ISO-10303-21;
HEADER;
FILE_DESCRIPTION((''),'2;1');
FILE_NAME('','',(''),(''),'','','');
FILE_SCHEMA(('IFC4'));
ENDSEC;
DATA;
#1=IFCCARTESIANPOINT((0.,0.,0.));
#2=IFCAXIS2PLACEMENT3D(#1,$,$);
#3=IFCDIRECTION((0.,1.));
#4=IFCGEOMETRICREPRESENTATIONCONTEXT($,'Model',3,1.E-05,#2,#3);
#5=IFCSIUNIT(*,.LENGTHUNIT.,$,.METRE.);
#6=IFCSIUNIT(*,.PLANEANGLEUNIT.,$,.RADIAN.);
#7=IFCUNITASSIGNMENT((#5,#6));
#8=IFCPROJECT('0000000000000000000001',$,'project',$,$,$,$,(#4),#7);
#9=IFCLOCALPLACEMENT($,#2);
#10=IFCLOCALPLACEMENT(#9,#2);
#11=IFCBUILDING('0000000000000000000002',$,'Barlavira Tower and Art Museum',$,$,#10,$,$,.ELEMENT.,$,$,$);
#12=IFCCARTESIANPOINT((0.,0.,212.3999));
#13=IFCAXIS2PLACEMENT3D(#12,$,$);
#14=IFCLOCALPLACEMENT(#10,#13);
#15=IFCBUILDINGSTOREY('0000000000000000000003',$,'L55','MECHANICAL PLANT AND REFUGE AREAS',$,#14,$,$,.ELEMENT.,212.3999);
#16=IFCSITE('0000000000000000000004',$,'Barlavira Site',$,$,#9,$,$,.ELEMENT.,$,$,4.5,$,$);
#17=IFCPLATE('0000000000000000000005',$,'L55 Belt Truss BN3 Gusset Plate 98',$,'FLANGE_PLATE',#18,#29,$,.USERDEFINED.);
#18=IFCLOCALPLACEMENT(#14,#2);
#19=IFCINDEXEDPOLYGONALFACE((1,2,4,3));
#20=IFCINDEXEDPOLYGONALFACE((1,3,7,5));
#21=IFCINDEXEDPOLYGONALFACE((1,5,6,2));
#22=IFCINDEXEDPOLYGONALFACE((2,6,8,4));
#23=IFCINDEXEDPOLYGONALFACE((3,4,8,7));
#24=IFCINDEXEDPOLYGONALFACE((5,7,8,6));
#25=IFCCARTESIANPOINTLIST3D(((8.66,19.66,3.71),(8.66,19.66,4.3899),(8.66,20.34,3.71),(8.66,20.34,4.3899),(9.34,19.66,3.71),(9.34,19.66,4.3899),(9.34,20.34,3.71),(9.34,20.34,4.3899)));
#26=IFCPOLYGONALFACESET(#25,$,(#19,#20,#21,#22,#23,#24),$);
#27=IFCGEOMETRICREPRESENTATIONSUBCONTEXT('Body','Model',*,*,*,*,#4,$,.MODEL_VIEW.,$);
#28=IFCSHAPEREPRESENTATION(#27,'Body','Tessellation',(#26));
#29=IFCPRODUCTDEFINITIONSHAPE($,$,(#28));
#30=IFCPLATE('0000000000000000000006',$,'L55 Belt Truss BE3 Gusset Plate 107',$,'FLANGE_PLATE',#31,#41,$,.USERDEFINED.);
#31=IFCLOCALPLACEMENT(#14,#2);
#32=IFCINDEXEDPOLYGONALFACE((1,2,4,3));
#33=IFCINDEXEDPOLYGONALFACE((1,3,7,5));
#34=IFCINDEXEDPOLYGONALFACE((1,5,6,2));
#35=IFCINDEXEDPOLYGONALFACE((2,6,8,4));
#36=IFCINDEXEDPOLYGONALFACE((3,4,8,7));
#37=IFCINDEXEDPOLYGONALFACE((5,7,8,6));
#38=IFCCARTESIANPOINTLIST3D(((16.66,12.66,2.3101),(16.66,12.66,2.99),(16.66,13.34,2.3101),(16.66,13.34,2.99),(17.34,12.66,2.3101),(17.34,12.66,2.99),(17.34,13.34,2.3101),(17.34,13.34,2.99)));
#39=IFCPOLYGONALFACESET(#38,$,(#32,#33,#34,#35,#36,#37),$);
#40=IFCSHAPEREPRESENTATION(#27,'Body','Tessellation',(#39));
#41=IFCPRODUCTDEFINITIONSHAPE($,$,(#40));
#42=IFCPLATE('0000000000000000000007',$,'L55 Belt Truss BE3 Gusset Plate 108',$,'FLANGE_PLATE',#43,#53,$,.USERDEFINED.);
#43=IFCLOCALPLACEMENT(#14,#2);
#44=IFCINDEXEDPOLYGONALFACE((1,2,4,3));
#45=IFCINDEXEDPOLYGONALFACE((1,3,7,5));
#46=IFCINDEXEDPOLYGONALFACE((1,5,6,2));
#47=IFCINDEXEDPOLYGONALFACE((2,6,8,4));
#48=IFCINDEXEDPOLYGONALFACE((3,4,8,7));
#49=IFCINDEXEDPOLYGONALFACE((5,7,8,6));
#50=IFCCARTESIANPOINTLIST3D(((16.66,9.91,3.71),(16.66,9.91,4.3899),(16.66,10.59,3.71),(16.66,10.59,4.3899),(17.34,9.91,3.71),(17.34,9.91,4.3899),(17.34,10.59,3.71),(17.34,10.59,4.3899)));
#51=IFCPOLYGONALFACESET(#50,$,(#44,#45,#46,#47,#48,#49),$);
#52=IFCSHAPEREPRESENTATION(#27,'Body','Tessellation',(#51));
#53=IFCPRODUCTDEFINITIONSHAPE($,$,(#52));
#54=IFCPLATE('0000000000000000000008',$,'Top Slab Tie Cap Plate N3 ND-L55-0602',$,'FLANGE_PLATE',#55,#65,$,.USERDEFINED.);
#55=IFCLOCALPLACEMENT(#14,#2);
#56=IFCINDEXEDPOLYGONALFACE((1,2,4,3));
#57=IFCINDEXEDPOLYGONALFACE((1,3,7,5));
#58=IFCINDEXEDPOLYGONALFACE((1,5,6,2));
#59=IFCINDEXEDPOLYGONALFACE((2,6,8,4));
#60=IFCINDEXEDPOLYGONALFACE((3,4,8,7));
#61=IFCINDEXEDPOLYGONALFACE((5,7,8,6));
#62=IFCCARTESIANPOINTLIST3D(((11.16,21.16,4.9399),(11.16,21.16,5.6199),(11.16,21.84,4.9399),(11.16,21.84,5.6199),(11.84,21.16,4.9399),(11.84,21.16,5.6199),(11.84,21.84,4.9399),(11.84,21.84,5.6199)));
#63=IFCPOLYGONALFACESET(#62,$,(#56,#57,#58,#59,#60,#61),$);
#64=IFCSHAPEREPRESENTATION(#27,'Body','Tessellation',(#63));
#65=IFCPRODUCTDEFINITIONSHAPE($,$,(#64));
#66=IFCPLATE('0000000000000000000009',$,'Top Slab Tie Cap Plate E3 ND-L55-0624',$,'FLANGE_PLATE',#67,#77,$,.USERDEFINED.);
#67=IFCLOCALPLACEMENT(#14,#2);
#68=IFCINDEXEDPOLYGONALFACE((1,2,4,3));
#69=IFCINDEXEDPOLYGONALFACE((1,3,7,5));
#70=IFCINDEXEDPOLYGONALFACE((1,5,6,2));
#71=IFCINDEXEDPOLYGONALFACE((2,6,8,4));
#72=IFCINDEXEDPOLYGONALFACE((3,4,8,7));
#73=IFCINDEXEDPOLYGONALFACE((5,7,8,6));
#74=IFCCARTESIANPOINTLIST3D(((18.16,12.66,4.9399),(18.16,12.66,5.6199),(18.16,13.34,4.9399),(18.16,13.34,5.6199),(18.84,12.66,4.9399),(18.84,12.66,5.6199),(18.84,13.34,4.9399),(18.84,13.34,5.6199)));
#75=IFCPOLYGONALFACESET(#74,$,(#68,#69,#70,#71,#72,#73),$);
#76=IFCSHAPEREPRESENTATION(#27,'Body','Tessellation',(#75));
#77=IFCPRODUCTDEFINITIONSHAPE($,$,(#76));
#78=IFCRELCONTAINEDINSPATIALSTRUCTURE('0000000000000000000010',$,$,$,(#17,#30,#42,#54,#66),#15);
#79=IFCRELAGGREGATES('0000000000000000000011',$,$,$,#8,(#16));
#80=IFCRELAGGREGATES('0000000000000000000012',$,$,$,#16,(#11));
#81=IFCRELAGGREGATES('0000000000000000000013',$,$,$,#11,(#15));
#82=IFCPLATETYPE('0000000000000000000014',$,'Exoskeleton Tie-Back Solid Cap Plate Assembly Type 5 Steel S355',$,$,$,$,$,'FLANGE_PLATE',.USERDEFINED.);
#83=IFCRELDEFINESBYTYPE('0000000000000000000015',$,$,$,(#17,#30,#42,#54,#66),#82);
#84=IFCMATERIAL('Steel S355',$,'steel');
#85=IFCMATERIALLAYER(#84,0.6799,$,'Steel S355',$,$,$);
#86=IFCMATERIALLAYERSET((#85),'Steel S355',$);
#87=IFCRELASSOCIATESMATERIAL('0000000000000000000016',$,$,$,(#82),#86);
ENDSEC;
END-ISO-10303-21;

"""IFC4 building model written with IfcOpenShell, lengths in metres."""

from ifc_helpers import new_model, si_unit, direction, frame, origin, origin_2d, place, context, subcontext, project, spatial, rectangle, extrude, material, layer, layer_set, type_object, element, save


model = new_model("IFC4")

# Units and contexts
model_context = context("Model", 3, precision=1e-05, world=origin(), true_north=direction((0.0, 1.0)))
body_context = subcontext(model_context, "Body", "Model", "MODEL_VIEW")
ifc_project = project(units=[si_unit("LENGTHUNIT", "METRE"), si_unit("PLANEANGLEUNIT", "RADIAN")], contexts=[model_context])

# Site, building, storey
site_placement = place(None, origin())
site = spatial("IfcSite", under=ifc_project, at=site_placement, Name="Barlavira Site", CompositionType="ELEMENT", RefElevation=4.5)
building_placement = place(site_placement, origin())
building = spatial("IfcBuilding", under=site, at=building_placement, Name="Barlavira Tower and Art Museum", CompositionType="ELEMENT")
storey_placement = place(building_placement, frame((0.0, 0.0, 212.3999)))
storey = spatial("IfcBuildingStorey", under=building, at=storey_placement, Name="L55", Description="MECHANICAL PLANT AND REFUGE AREAS", CompositionType="ELEMENT", Elevation=212.3999)

# Shared definitions
ifc_material_1 = material(Name="Steel S355", Category="steel")

# Plates
ifc_layer_1 = layer(ifc_material_1, 0.6799, Name="Steel S355")
ifc_layer_set_1 = layer_set([ifc_layer_1], Name="Steel S355")
plate_type_1 = type_object("IfcPlateType", Name="Exoskeleton Tie-Back Solid Cap Plate Assembly Type 5 Steel S355", ElementType="FLANGE_PLATE", PredefinedType="USERDEFINED", material=ifc_layer_set_1)
for number, where, z_axis, x_axis, name in (
    (1, (9.0, 20.0, 3.71), (0.0, 0.0, 1.0), (1.0, 0.0, 0.0), "L55 Belt Truss BN3 Gusset Plate 98"),
    (2, (17.0, 13.0, 2.3101), (0.0, 0.0, 1.0), (1.0, 0.0, 0.0), "L55 Belt Truss BE3 Gusset Plate 107"),
    (3, (17.0, 10.25, 3.71), (0.0, 0.0, 1.0), (1.0, 0.0, 0.0), "L55 Belt Truss BE3 Gusset Plate 108"),
    (4, (11.5, 21.5, 4.9399), (0.0, 0.0, 1.0), (1.0, 0.0, 0.0), "Top Slab Tie Cap Plate N3 ND-L55-0602"),
    (5, (18.5, 13.0, 4.9399), (0.0, 0.0, 1.0), (1.0, 0.0, 0.0), "Top Slab Tie Cap Plate E3 ND-L55-0624"),
):
    element("IfcPlate", number, at=place(storey_placement, frame(where, z_axis=z_axis, x_axis=x_axis)), inside=storey, type_object=plate_type_1, Name=name, ObjectType="FLANGE_PLATE", PredefinedType="USERDEFINED", context=body_context, shape_type="SweptSolid", body=[
        extrude(rectangle(XDim=0.6799, YDim=0.6799, at=origin_2d()), origin(), (0.0, 0.0, 1.0), 0.6799),
    ])

save(model, "model.ifc")
